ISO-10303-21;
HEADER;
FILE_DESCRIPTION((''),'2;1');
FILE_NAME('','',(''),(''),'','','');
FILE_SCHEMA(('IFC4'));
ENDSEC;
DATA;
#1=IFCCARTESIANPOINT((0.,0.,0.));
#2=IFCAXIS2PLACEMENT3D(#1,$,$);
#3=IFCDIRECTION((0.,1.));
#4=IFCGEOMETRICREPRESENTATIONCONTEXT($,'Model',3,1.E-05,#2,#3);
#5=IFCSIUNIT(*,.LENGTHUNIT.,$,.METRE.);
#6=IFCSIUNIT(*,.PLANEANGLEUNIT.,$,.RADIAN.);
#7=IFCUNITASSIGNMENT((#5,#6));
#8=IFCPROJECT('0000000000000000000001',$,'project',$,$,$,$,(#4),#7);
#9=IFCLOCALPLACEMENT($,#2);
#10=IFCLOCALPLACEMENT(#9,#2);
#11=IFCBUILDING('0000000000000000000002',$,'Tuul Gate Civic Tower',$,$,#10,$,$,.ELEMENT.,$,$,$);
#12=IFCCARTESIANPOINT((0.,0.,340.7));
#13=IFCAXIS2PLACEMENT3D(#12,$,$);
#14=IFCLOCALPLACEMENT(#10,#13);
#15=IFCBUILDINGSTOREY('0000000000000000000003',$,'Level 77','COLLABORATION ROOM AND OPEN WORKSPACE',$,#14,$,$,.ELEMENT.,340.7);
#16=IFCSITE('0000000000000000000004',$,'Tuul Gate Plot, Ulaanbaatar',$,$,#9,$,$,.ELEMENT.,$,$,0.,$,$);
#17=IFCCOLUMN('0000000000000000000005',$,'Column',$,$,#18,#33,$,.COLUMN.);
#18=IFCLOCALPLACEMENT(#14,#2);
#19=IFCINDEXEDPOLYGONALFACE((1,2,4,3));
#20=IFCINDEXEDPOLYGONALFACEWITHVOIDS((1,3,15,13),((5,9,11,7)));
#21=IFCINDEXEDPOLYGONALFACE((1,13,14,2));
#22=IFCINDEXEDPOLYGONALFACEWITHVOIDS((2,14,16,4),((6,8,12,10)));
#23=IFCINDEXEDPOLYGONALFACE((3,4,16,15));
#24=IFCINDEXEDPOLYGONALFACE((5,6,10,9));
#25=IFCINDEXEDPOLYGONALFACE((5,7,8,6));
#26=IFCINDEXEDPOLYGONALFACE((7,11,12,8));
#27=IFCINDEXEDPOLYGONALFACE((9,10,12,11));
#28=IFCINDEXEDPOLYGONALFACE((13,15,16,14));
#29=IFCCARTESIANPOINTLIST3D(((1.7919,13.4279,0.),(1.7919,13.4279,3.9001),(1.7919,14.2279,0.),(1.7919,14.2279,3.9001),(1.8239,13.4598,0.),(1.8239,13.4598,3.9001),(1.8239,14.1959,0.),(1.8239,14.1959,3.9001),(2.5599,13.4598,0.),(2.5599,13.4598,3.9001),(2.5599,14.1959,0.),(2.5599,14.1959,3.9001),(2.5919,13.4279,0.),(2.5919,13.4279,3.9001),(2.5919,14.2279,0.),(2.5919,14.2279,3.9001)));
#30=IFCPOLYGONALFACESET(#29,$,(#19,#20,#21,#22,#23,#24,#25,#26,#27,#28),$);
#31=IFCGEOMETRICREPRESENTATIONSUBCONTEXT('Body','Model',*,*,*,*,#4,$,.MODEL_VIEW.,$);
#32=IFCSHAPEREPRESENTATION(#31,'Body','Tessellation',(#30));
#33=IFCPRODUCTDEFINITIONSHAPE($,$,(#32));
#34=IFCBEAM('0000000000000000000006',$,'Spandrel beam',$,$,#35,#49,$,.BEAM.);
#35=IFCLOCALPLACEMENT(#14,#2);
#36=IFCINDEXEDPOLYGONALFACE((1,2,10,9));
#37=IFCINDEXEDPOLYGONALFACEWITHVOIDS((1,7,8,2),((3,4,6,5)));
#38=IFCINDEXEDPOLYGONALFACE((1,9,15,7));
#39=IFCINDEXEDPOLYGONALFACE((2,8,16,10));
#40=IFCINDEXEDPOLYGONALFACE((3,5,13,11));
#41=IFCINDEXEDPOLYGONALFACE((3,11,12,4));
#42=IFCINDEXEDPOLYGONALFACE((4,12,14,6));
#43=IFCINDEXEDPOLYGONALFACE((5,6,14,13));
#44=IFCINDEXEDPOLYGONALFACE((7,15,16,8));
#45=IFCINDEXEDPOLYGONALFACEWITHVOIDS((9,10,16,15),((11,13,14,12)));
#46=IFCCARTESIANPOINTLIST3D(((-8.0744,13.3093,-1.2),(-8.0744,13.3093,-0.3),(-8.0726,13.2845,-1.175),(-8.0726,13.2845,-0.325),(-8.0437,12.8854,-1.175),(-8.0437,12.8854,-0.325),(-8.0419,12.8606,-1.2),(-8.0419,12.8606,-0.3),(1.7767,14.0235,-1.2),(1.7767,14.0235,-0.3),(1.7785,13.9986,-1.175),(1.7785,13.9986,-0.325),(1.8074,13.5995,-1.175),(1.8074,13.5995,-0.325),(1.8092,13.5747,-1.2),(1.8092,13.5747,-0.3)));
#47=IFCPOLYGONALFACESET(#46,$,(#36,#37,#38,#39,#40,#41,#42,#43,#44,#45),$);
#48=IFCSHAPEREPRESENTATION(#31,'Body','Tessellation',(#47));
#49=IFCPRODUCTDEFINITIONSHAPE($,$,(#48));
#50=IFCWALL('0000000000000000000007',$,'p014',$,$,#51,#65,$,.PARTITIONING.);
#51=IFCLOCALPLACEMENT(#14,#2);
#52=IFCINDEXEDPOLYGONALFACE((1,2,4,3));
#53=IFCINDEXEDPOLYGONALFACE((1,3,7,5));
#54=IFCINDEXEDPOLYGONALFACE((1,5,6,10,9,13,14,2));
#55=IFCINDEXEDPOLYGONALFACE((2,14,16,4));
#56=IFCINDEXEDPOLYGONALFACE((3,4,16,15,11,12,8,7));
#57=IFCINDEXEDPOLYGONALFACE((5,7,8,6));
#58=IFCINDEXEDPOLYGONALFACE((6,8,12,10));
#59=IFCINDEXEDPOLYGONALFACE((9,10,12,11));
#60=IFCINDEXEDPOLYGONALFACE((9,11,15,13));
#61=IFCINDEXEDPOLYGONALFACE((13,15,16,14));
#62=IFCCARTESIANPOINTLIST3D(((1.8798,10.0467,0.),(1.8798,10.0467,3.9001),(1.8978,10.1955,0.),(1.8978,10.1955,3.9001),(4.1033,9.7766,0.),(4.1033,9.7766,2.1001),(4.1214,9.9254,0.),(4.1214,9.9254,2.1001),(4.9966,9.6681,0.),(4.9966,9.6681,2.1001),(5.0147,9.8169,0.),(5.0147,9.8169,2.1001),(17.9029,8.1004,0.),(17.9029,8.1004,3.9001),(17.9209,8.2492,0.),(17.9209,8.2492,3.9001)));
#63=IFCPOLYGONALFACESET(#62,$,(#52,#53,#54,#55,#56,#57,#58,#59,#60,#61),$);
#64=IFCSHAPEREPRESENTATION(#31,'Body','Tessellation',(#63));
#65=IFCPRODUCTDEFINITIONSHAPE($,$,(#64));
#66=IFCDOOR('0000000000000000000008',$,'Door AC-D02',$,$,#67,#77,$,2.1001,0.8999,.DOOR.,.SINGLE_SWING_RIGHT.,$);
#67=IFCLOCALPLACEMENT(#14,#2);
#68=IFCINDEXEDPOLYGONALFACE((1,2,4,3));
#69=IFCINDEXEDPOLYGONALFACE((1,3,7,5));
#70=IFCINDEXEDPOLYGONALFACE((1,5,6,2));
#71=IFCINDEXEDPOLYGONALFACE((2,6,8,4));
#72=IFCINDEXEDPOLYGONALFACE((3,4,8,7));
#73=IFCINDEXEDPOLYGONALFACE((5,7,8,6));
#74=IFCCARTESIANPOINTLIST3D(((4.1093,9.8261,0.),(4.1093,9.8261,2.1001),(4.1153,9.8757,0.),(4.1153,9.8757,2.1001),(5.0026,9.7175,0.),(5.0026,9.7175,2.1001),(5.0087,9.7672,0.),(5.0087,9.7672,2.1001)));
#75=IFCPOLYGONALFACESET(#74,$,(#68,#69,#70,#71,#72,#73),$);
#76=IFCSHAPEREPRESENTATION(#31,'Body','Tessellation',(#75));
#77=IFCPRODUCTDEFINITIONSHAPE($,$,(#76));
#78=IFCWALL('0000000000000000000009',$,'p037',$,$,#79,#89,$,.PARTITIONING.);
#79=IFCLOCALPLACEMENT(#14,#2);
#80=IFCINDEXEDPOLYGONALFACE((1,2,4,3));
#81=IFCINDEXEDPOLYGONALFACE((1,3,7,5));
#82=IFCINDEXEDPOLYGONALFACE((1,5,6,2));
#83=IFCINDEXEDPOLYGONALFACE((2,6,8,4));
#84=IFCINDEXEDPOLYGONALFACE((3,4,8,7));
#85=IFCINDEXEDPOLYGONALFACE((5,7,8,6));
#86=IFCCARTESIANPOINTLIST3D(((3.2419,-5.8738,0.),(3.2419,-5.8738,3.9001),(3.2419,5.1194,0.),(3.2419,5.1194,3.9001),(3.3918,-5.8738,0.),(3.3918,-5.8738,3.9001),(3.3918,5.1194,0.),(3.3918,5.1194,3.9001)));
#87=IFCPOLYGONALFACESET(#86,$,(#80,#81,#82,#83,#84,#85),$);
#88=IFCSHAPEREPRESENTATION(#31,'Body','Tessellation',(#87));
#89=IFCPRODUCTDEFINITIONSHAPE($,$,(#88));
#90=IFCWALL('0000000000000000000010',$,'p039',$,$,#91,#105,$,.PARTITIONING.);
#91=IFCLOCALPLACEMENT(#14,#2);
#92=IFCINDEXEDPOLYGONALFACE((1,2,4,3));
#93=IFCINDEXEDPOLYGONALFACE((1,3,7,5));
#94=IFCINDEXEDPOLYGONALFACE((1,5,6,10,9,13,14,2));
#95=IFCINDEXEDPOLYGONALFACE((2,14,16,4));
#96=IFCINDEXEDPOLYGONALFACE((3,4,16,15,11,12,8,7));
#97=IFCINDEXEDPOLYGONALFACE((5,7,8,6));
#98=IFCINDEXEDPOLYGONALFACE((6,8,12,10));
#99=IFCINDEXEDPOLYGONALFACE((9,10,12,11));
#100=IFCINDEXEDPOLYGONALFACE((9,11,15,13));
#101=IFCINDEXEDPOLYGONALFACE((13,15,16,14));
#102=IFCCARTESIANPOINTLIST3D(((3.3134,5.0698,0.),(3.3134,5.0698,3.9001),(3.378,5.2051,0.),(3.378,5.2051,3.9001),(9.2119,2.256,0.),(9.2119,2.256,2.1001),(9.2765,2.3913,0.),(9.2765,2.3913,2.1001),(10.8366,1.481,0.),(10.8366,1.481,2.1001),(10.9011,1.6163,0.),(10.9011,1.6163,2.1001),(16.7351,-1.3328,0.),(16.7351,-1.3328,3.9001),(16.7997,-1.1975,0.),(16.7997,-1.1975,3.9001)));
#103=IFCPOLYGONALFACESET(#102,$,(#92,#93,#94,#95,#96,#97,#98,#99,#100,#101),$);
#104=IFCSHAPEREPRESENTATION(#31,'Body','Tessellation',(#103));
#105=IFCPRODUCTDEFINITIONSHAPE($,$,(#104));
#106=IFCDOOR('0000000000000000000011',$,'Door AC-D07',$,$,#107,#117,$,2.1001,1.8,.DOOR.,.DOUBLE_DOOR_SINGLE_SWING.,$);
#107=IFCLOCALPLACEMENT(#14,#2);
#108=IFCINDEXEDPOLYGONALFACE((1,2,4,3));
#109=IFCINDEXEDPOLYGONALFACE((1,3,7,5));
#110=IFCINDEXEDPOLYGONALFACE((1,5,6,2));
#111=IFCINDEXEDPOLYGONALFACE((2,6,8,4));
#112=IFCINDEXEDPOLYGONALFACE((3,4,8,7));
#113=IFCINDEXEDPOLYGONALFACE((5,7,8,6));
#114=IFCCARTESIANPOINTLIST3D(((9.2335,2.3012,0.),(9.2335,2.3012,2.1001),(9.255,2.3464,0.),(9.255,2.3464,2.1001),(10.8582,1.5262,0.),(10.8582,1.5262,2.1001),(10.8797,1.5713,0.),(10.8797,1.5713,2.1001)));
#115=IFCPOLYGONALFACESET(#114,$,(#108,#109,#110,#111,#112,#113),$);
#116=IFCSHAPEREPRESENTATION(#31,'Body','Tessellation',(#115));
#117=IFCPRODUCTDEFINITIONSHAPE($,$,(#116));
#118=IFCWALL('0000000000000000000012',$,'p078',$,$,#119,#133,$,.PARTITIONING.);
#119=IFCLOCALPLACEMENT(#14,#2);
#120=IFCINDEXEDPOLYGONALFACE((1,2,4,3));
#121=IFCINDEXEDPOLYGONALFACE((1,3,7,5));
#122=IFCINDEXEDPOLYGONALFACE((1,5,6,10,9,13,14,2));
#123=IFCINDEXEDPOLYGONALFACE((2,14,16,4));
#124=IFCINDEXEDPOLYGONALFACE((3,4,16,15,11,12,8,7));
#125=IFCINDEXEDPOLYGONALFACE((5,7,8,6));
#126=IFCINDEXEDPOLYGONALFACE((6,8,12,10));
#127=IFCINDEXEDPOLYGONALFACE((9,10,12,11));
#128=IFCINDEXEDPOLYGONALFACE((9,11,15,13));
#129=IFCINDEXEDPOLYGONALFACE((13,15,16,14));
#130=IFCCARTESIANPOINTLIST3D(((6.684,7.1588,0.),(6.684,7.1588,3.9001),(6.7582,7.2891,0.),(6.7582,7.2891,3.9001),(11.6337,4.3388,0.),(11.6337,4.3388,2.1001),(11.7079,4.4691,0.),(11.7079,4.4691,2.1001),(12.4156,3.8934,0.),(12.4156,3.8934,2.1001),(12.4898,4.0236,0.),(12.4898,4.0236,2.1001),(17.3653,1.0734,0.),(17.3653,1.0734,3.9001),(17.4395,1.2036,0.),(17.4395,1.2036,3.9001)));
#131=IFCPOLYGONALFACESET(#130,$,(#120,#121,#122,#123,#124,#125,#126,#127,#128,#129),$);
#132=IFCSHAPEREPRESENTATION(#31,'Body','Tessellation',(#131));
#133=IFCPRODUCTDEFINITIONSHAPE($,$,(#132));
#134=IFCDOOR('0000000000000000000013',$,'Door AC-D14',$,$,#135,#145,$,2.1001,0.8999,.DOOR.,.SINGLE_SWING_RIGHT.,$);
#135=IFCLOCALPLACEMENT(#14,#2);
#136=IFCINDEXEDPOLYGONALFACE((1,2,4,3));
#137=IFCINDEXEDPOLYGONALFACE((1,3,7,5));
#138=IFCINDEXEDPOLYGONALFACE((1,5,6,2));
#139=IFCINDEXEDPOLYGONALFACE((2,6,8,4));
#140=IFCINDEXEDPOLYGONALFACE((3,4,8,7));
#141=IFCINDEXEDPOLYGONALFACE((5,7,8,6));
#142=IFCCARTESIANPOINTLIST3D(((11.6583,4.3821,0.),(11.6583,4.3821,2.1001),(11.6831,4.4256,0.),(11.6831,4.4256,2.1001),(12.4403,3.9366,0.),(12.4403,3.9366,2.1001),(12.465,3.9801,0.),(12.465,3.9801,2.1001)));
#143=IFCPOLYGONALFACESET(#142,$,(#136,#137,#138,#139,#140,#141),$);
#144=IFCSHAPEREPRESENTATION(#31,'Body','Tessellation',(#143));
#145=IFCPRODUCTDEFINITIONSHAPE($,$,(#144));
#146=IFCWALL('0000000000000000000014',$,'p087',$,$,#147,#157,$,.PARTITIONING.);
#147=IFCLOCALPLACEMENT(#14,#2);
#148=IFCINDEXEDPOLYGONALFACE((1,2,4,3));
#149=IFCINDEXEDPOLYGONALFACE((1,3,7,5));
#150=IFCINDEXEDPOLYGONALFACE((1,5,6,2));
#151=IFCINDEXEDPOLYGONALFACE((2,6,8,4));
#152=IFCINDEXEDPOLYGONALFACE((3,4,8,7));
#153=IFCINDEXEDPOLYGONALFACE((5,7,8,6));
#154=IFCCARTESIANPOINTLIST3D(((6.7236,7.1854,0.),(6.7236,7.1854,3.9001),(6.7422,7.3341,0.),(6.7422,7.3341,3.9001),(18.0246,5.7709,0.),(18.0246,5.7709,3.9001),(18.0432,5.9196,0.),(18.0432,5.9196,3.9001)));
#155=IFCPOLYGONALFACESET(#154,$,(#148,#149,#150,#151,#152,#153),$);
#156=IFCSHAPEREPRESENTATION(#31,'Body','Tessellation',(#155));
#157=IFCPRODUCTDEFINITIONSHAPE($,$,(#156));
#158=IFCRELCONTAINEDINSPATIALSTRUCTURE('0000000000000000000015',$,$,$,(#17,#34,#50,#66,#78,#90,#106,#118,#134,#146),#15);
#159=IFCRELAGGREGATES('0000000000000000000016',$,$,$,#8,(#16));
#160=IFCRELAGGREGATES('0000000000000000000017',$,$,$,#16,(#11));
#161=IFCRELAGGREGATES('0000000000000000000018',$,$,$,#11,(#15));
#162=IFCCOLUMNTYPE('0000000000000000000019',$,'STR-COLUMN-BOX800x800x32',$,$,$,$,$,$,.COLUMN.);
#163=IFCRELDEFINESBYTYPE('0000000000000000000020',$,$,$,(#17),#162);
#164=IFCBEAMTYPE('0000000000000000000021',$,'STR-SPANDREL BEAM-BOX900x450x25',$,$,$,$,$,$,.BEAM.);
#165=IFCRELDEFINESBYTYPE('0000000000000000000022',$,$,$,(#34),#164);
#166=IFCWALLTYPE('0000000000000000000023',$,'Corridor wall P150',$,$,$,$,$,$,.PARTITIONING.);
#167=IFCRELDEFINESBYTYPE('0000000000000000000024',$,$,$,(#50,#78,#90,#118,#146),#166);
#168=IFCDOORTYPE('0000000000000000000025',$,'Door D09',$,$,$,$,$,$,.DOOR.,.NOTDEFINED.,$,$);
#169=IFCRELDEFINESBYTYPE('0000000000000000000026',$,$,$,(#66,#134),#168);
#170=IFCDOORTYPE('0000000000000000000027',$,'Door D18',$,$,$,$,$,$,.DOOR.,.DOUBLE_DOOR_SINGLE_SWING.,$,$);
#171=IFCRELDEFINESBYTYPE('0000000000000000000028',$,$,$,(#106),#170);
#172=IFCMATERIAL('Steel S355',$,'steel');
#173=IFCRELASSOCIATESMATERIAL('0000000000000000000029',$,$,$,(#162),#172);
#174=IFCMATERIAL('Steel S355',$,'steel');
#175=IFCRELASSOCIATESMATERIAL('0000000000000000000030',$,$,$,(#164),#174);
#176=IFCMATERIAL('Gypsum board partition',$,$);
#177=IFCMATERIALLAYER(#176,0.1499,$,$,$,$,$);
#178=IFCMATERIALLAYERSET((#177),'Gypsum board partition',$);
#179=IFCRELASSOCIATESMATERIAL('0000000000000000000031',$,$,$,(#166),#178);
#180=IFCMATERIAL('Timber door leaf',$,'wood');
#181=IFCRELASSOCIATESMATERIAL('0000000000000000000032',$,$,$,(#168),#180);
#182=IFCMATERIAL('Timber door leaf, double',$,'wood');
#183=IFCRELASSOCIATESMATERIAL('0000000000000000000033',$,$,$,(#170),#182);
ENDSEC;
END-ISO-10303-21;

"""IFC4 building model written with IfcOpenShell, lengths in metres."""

from ifc_helpers import new_model, si_unit, direction, frame, frame_2d, origin, origin_2d, place, context, subcontext, project, spatial, rectangle, hollow_rectangle, extrude, material, layer, layer_set, material_profile, profile_set, type_object, element, fill, save


model = new_model("IFC4")

# Units and contexts
model_context = context("Model", 3, precision=1e-05, world=origin(), true_north=direction((0.0, 1.0)))
body_context = subcontext(model_context, "Body", "Model", "MODEL_VIEW")
ifc_project = project(units=[si_unit("LENGTHUNIT", "METRE"), si_unit("PLANEANGLEUNIT", "RADIAN")], contexts=[model_context])

# Site, building, storey
site_placement = place(None, origin())
site = spatial("IfcSite", under=ifc_project, at=site_placement, Name="Tuul Gate Plot, Ulaanbaatar", CompositionType="ELEMENT", RefElevation=0.0)
building_placement = place(site_placement, origin())
building = spatial("IfcBuilding", under=site, at=building_placement, Name="Tuul Gate Civic Tower", CompositionType="ELEMENT")
storey_placement = place(building_placement, frame((0.0, 0.0, 340.7)))
storey = spatial("IfcBuildingStorey", under=building, at=storey_placement, Name="Level 77", Description="COLLABORATION ROOM AND OPEN WORKSPACE", CompositionType="ELEMENT", Elevation=340.7)

# Column
ifc_material_1 = material(Name="Steel S355", Category="steel")
ifc_material_profile_1 = material_profile(ifc_material_1, hollow_rectangle(XDim=0.8, YDim=0.8, WallThickness=0.032, at=origin_2d()), Name="BOX800x800x32")
ifc_profile_set_1 = profile_set([ifc_material_profile_1], Name="Steel S355")
column_type = type_object("IfcColumnType", Name="STR-COLUMN-BOX800x800x32", PredefinedType="COLUMN", material=ifc_profile_set_1)
column_placement = place(storey_placement, frame((2.1919, 13.8279, 0.0), z_axis=(0.0, 0.0, 1.0), x_axis=(1.0, 0.0, 0.0)))
element("IfcColumn", 1, at=column_placement, inside=storey, type_object=column_type, Name="Column", PredefinedType="COLUMN", context=body_context, shape_type="SweptSolid", body=[
    extrude(hollow_rectangle(XDim=0.8, YDim=0.8, WallThickness=0.032, at=origin_2d()), origin(), (0.0, 0.0, 1.0), 3.9001),
])

# Beam
ifc_material_2 = material(Name="Steel S355", Category="steel")
ifc_material_profile_2 = material_profile(ifc_material_2, hollow_rectangle(XDim=0.45, YDim=0.8999, WallThickness=0.0249, at=origin_2d()), Name="BOX900x450x25")
ifc_profile_set_2 = profile_set([ifc_material_profile_2], Name="Steel S355")
beam_type = type_object("IfcBeamType", Name="STR-SPANDREL BEAM-BOX900x450x25", PredefinedType="BEAM", material=ifc_profile_set_2)
beam_placement = place(storey_placement, frame((1.793, 13.7991, -0.75), z_axis=(-0.997383, -0.072301, 0.0), x_axis=(0.072301, -0.997383, 0.0)))
element("IfcBeam", 2, at=beam_placement, inside=storey, type_object=beam_type, Name="Spandrel beam", PredefinedType="BEAM", context=body_context, shape_type="SweptSolid", body=[
    extrude(hollow_rectangle(XDim=0.45, YDim=0.8999, WallThickness=0.0249, at=origin_2d()), origin(), (0.0, 0.0, 1.0), 9.877),
])

# Wall, opening, door
ifc_material_3 = material(Name="Gypsum board partition")
ifc_layer_1 = layer(ifc_material_3, 0.1499)
ifc_layer_set_1 = layer_set([ifc_layer_1], Name="Gypsum board partition")
wall_type_1 = type_object("IfcWallType", Name="Corridor wall P150", PredefinedType="PARTITIONING", material=ifc_layer_set_1)
wall_1_placement = place(storey_placement, frame((1.8889, 10.1211, 0.0), z_axis=(0.0, 0.0, 1.0), x_axis=(0.992704, -0.120581, 0.0)))
wall_1 = element("IfcWall", 3, at=wall_1_placement, inside=storey, type_object=wall_type_1, Name="p014", PredefinedType="PARTITIONING", context=body_context, shape_type="SweptSolid", body=[
    extrude(rectangle(XDim=16.1409, YDim=0.1499, at=frame_2d((8.0703, 0.0))), origin(), (0.0, 0.0, 1.0), 3.9001),
])
opening_1_placement = place(wall_1_placement, frame((2.2397, 0.0, 0.0)))
opening_1 = element("IfcOpeningElement", 4, at=opening_1_placement, cuts=wall_1, PredefinedType="OPENING", context=body_context, shape_type="SweptSolid", body=[
    extrude(rectangle(XDim=0.8999, YDim=2.1001, at=frame_2d((0.45, 1.05))), frame((0.0, 0.085, 0.0), z_axis=(0.0, -1.0, 0.0), x_axis=(1.0, 0.0, 0.0)), (0.0, 0.0, 1.0), 0.1699),
])
ifc_material_4 = material(Name="Timber door leaf", Category="wood")
door_type_1 = type_object("IfcDoorType", Name="Door D09", OperationType="NOTDEFINED", PredefinedType="DOOR", material=ifc_material_4)
door_1_placement = place(opening_1_placement, origin())
door_1 = element("IfcDoor", 5, at=door_1_placement, inside=storey, type_object=door_type_1, Name="Door AC-D02", OperationType="SINGLE_SWING_RIGHT", OverallHeight=2.1001, OverallWidth=0.8999, PredefinedType="DOOR", context=body_context, shape_type="SweptSolid", body=[
    extrude(rectangle(XDim=0.8999, YDim=2.1001, at=frame_2d((0.45, 1.05))), frame((0.0, 0.0249, 0.0), z_axis=(0.0, -1.0, 0.0), x_axis=(1.0, 0.0, 0.0)), (0.0, 0.0, 1.0), 0.05),
])
fill(opening_1, door_1)

# Wall
wall_2_placement = place(storey_placement, frame((3.3169, -5.8738, 0.0), z_axis=(0.0, 0.0, 1.0), x_axis=(0.0, 1.0, 0.0)))
element("IfcWall", 6, at=wall_2_placement, inside=storey, type_object=wall_type_1, Name="p037", PredefinedType="PARTITIONING", context=body_context, shape_type="SweptSolid", body=[
    extrude(rectangle(XDim=10.9932, YDim=0.1499, at=frame_2d((5.4966, 0.0))), origin(), (0.0, 0.0, 1.0), 3.9001),
])

# Walls, openings, doors
wall_3_placement = place(storey_placement, frame((3.3457, 5.1375, 0.0), z_axis=(0.0, 0.0, 1.0), x_axis=(0.902564, -0.430555, 0.0)))
wall_3 = element("IfcWall", 7, at=wall_3_placement, inside=storey, type_object=wall_type_1, Name="p039", PredefinedType="PARTITIONING", context=body_context, shape_type="SweptSolid", body=[
    extrude(rectangle(XDim=14.8706, YDim=0.1499, at=frame_2d((7.4353, 0.0))), origin(), (0.0, 0.0, 1.0), 3.9001),
])
opening_2_placement = place(wall_3_placement, frame((6.5354, 0.0, 0.0)))
opening_2 = element("IfcOpeningElement", 8, at=opening_2_placement, cuts=wall_3, PredefinedType="OPENING", context=body_context, shape_type="SweptSolid", body=[
    extrude(rectangle(XDim=1.8, YDim=2.1001, at=frame_2d((0.8999, 1.05))), frame((0.0, 0.085, 0.0), z_axis=(0.0, -1.0, 0.0), x_axis=(1.0, 0.0, 0.0)), (0.0, 0.0, 1.0), 0.1699),
])
ifc_material_5 = material(Name="Timber door leaf, double", Category="wood")
door_type_2 = type_object("IfcDoorType", Name="Door D18", OperationType="DOUBLE_DOOR_SINGLE_SWING", PredefinedType="DOOR", material=ifc_material_5)
door_2_placement = place(opening_2_placement, frame((1.8, 0.0, 0.0), z_axis=(0.0, 0.0, 1.0), x_axis=(-1.0, 0.0, 0.0)))
door_2 = element("IfcDoor", 9, at=door_2_placement, inside=storey, type_object=door_type_2, Name="Door AC-D07", OperationType="DOUBLE_DOOR_SINGLE_SWING", OverallHeight=2.1001, OverallWidth=1.8, PredefinedType="DOOR", context=body_context, shape_type="SweptSolid", body=[
    extrude(rectangle(XDim=1.8, YDim=2.1001, at=frame_2d((0.9001, 1.05))), frame((0.0, 0.0249, 0.0), z_axis=(0.0, -1.0, 0.0), x_axis=(1.0, 0.0, 0.0)), (0.0, 0.0, 1.0), 0.05),
])
fill(opening_2, door_2)
wall_4_placement = place(storey_placement, frame((6.7212, 7.2239, 0.0), z_axis=(0.0, 0.0, 1.0), x_axis=(0.86888, -0.495022, 0.0)))
wall_4 = element("IfcWall", 10, at=wall_4_placement, inside=storey, type_object=wall_type_1, Name="p078", PredefinedType="PARTITIONING", context=body_context, shape_type="SweptSolid", body=[
    extrude(rectangle(XDim=12.2932, YDim=0.1499, at=frame_2d((6.1465, 0.0))), origin(), (0.0, 0.0, 1.0), 3.9001),
])
opening_3_placement = place(wall_4_placement, frame((5.6965, 0.0, 0.0)))
opening_3 = element("IfcOpeningElement", 11, at=opening_3_placement, cuts=wall_4, PredefinedType="OPENING", context=body_context, shape_type="SweptSolid", body=[
    extrude(rectangle(XDim=0.8999, YDim=2.1001, at=frame_2d((0.45, 1.05))), frame((0.0, 0.085, 0.0), z_axis=(0.0, -1.0, 0.0), x_axis=(1.0, 0.0, 0.0)), (0.0, 0.0, 1.0), 0.1699),
])
door_3_placement = place(opening_3_placement, origin())
door_3 = element("IfcDoor", 12, at=door_3_placement, inside=storey, type_object=door_type_1, Name="Door AC-D14", OperationType="SINGLE_SWING_RIGHT", OverallHeight=2.1001, OverallWidth=0.8999, PredefinedType="DOOR", context=body_context, shape_type="SweptSolid", body=[
    extrude(rectangle(XDim=0.8999, YDim=2.1001, at=frame_2d((0.45, 1.05))), frame((0.0, 0.0249, 0.0), z_axis=(0.0, -1.0, 0.0), x_axis=(1.0, 0.0, 0.0)), (0.0, 0.0, 1.0), 0.05),
])
fill(opening_3, door_3)

# Wall
wall_5_placement = place(storey_placement, frame((6.7329, 7.2598, 0.0), z_axis=(0.0, 0.0, 1.0), x_axis=(0.992257, -0.124201, 0.0)))
element("IfcWall", 13, at=wall_5_placement, inside=storey, type_object=wall_type_1, Name="p087", PredefinedType="PARTITIONING", context=body_context, shape_type="SweptSolid", body=[
    extrude(rectangle(XDim=11.3892, YDim=0.1499, at=frame_2d((5.6946, 0.0))), origin(), (0.0, 0.0, 1.0), 3.9001),
])

save(model, "model.ifc")
